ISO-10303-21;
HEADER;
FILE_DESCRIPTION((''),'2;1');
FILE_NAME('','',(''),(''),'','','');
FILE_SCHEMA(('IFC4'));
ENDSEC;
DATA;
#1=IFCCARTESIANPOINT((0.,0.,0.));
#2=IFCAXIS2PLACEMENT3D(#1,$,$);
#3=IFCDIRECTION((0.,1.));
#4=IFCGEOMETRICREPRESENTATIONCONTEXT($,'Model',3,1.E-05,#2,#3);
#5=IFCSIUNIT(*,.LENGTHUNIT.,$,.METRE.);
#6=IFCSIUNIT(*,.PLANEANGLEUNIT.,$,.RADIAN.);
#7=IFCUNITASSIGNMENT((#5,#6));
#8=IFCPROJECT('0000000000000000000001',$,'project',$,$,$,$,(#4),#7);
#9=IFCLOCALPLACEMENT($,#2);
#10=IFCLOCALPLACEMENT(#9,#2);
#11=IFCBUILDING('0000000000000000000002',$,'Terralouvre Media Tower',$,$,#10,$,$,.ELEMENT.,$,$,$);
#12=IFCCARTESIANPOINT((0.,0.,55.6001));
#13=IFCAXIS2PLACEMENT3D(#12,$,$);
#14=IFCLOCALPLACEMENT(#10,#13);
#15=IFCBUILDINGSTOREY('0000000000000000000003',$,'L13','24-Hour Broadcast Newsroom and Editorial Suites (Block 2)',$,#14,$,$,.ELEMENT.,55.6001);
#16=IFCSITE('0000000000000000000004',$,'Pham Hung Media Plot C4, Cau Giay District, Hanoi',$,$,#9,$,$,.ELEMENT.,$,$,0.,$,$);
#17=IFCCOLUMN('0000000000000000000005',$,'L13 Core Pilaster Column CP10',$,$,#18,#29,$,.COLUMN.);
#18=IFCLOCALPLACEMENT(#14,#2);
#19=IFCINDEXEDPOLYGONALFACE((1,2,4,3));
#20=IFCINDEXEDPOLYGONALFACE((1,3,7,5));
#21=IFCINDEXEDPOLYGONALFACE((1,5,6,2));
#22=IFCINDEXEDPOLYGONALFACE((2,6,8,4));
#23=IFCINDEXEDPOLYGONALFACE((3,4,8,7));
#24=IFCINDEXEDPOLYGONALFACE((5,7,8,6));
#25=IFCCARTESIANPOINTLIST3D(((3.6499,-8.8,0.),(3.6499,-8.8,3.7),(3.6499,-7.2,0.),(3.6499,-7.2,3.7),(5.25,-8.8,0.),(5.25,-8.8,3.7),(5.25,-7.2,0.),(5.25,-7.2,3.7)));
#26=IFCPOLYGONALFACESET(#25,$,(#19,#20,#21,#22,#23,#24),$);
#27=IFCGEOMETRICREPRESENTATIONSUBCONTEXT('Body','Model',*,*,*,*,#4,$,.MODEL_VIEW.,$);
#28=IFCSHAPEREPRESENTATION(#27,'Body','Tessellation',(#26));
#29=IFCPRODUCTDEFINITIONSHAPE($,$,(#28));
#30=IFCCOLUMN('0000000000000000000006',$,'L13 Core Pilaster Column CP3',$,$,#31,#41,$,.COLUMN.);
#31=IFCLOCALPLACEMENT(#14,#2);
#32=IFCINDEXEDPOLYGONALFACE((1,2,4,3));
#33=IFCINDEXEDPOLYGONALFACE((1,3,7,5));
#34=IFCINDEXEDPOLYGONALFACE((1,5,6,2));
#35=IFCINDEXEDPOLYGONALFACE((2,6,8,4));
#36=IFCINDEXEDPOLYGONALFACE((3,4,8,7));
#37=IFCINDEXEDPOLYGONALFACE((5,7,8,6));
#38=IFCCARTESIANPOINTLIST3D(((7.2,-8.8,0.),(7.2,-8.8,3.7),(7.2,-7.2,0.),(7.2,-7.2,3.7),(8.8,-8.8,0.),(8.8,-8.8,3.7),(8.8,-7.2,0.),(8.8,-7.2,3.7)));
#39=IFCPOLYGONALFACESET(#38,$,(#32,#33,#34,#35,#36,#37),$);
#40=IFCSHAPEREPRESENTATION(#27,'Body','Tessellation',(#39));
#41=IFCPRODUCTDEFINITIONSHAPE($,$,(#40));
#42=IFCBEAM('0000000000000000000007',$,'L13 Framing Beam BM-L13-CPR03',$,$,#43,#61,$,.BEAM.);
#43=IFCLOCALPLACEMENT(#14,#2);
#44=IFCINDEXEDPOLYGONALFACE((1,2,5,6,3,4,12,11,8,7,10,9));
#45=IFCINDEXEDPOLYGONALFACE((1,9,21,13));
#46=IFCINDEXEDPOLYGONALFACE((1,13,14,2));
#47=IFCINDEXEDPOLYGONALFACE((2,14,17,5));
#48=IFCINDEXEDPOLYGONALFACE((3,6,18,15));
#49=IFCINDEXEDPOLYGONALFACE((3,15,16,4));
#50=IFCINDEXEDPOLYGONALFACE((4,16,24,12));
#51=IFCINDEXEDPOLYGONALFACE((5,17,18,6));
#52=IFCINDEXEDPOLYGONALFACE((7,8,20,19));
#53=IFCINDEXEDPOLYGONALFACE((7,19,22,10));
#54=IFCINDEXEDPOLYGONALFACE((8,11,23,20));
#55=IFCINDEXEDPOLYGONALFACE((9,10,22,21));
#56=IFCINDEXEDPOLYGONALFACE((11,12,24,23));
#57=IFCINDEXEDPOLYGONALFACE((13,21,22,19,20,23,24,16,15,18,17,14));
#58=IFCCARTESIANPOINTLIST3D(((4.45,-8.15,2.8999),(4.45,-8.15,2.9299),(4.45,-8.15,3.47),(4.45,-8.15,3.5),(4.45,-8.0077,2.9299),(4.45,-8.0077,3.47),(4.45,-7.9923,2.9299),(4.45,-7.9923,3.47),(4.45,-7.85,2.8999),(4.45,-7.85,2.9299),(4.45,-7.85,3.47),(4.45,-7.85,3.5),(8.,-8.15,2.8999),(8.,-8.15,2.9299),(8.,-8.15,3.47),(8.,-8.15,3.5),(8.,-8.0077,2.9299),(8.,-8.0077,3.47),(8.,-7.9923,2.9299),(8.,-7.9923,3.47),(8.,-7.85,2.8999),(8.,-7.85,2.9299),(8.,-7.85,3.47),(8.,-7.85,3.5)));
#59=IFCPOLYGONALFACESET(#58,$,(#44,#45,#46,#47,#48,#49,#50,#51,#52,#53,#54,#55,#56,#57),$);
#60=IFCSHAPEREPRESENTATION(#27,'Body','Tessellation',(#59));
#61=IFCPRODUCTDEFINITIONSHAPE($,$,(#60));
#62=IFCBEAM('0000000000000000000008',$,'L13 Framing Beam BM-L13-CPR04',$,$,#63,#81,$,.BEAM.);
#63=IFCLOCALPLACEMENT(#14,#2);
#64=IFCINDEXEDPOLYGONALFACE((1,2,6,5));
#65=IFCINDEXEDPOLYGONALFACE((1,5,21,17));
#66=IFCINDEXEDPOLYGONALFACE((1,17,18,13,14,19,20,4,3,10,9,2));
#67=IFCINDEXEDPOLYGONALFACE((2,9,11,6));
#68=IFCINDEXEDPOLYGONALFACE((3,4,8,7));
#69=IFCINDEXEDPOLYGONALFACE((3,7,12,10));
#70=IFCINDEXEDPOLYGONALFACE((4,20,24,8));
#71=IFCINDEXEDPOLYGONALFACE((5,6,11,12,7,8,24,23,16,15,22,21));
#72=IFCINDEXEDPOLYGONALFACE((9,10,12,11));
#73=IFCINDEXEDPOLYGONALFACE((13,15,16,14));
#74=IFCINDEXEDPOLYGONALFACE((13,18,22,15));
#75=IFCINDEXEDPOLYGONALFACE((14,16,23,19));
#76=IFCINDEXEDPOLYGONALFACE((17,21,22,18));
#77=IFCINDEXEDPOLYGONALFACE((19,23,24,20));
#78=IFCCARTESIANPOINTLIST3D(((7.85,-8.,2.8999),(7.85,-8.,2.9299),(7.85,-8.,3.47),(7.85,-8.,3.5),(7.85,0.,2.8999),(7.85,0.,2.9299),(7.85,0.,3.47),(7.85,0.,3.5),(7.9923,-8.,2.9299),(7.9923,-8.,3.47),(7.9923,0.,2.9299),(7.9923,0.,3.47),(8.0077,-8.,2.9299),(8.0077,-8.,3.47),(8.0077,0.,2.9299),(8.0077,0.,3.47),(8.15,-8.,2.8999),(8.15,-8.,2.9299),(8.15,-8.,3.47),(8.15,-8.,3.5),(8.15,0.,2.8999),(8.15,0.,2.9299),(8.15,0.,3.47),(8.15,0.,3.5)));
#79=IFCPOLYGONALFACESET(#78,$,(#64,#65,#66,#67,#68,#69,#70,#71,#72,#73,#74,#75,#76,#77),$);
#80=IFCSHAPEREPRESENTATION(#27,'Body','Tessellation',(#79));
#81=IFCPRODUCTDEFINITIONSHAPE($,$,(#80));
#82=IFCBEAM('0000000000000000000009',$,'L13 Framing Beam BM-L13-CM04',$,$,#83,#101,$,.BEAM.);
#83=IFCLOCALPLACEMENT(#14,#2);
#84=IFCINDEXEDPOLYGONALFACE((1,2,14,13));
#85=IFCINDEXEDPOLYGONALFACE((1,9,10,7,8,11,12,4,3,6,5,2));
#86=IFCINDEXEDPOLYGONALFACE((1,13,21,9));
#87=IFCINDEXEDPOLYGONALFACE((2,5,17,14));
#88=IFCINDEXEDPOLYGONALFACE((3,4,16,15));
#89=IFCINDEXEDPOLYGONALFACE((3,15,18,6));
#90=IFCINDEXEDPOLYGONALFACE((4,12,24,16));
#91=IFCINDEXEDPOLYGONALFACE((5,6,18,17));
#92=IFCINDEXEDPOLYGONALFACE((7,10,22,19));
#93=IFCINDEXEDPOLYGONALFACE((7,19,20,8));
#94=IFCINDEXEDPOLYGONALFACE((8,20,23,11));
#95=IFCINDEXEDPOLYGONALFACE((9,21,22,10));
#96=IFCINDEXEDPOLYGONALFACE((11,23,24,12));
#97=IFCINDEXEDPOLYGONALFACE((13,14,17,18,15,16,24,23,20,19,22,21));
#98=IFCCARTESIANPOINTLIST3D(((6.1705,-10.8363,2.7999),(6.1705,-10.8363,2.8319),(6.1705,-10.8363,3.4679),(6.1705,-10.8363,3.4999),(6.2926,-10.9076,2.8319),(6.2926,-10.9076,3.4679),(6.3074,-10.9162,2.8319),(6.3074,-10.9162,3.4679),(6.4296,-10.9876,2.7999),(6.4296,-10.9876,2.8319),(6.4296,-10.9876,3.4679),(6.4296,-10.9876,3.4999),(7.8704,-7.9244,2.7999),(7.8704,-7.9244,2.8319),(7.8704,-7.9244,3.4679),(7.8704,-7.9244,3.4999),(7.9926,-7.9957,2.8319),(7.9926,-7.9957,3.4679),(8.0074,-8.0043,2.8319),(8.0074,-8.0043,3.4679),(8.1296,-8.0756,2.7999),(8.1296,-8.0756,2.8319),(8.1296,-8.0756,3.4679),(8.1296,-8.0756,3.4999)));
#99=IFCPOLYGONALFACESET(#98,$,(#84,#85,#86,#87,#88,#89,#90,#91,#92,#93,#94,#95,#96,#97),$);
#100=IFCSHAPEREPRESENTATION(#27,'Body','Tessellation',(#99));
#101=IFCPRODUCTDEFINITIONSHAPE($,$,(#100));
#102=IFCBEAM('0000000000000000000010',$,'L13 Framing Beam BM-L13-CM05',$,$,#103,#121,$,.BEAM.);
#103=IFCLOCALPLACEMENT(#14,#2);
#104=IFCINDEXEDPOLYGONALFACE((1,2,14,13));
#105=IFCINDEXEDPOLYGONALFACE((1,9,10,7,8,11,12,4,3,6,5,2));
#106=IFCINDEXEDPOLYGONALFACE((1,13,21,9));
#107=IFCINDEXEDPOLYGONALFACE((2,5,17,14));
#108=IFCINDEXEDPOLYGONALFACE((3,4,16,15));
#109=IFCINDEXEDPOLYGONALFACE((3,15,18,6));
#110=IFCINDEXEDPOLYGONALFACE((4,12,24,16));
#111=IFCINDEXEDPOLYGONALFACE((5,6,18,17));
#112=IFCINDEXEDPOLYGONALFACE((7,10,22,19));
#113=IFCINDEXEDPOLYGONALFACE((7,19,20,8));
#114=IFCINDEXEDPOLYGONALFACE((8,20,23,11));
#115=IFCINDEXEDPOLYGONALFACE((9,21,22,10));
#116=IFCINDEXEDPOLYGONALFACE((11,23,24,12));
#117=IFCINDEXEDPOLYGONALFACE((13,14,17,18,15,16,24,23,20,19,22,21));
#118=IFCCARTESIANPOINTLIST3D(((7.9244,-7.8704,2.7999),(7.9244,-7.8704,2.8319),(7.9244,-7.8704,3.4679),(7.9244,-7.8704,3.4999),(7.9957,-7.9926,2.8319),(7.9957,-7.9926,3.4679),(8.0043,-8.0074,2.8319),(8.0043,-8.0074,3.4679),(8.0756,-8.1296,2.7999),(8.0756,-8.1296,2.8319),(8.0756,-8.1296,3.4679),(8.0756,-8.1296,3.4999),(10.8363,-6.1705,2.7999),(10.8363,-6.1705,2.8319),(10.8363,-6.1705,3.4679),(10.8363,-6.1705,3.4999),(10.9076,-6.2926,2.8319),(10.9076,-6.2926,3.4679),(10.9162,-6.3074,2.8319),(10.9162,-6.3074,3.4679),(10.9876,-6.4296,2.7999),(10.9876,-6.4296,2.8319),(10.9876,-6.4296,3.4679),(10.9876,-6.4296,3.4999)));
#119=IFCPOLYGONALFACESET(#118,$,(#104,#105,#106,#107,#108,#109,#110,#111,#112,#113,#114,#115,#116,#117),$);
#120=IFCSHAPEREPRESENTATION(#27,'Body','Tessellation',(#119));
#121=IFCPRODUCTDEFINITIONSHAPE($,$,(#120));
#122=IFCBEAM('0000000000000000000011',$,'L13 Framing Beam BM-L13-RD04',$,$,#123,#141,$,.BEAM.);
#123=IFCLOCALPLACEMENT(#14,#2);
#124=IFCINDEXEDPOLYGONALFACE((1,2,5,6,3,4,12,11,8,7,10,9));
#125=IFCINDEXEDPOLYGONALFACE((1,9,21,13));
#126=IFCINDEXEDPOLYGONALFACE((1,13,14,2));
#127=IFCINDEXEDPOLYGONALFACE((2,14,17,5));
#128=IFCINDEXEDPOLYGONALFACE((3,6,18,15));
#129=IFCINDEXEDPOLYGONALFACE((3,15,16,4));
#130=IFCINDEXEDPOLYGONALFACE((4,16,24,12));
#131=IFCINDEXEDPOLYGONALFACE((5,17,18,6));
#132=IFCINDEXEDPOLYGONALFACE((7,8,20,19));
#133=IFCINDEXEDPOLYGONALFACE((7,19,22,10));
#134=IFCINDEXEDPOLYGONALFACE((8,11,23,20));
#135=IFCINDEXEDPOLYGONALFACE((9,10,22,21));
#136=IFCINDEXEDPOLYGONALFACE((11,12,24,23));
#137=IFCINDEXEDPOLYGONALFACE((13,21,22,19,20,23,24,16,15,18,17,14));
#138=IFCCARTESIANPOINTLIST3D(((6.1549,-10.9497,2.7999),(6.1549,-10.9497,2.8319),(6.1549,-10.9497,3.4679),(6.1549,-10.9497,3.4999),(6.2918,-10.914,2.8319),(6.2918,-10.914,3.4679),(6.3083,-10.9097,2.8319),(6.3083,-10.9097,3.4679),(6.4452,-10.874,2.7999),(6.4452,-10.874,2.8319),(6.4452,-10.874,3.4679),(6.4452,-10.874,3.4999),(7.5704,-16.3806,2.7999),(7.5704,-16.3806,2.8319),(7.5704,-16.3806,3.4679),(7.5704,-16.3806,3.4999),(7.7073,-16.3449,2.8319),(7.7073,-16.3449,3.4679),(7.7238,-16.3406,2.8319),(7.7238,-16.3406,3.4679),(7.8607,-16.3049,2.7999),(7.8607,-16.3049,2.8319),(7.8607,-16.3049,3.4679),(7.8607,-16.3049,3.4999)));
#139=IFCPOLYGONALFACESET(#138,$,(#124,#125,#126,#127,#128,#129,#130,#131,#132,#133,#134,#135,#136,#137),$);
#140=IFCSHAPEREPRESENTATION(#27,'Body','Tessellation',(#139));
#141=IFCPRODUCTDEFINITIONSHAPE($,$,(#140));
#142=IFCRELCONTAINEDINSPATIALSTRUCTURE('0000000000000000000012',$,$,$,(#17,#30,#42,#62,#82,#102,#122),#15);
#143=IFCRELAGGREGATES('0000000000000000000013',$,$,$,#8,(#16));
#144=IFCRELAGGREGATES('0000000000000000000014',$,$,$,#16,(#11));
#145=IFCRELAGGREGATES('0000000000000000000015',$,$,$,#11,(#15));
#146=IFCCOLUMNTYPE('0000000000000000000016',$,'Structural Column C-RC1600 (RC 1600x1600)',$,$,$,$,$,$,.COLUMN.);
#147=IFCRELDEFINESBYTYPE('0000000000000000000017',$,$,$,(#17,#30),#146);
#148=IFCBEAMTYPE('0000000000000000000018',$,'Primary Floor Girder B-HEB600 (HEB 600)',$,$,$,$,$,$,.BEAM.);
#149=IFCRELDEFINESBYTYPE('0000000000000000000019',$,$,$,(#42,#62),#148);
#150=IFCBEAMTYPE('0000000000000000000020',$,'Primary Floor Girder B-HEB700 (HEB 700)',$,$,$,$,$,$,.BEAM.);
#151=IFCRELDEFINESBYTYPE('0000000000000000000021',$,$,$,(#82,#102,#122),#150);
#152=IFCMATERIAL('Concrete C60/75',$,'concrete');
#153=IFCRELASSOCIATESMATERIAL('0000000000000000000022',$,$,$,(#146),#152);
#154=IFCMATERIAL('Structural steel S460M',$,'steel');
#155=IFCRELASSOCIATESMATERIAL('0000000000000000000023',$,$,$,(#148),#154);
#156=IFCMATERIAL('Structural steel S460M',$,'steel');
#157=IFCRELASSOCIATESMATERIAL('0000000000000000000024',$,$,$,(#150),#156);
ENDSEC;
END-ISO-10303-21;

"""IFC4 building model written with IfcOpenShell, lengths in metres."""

from ifc_helpers import new_model, si_unit, direction, frame, origin, origin_2d, place, context, subcontext, project, spatial, rectangle, i_section, extrude, material, material_profile, profile_set, type_object, element, save


model = new_model("IFC4")

# Units and contexts
model_context = context("Model", 3, precision=1e-05, world=origin(), true_north=direction((0.0, 1.0)))
body_context = subcontext(model_context, "Body", "Model", "MODEL_VIEW")
ifc_project = project(units=[si_unit("LENGTHUNIT", "METRE"), si_unit("PLANEANGLEUNIT", "RADIAN")], contexts=[model_context])

# Site, building, storey
site_placement = place(None, origin())
site = spatial("IfcSite", under=ifc_project, at=site_placement, Name="Pham Hung Media Plot C4, Cau Giay District, Hanoi", CompositionType="ELEMENT", RefElevation=0.0)
building_placement = place(site_placement, origin())
building = spatial("IfcBuilding", under=site, at=building_placement, Name="Terralouvre Media Tower", CompositionType="ELEMENT")
storey_placement = place(building_placement, frame((0.0, 0.0, 55.6001)))
storey = spatial("IfcBuildingStorey", under=building, at=storey_placement, Name="L13", Description="24-Hour Broadcast Newsroom and Editorial Suites (Block 2)", CompositionType="ELEMENT", Elevation=55.6001)

# Columns
ifc_material_1 = material(Name="Concrete C60/75", Category="concrete")
ifc_material_profile_1 = material_profile(ifc_material_1, rectangle(XDim=1.6001, YDim=1.6001, at=origin_2d()), Name="RC 1600x1600")
ifc_profile_set_1 = profile_set([ifc_material_profile_1], Name="Concrete C60/75")
column_type = type_object("IfcColumnType", Name="Structural Column C-RC1600 (RC 1600x1600)", PredefinedType="COLUMN", material=ifc_profile_set_1)
for number, where, z_axis, x_axis, name in (
    (1, (4.45, -8.0, 0.0), (0.0, 0.0, 1.0), (1.0, 0.0, 0.0), "L13 Core Pilaster Column CP10"),
    (2, (8.0, -8.0, 0.0), (0.0, 0.0, 1.0), (1.0, 0.0, 0.0), "L13 Core Pilaster Column CP3"),
):
    element("IfcColumn", number, at=place(storey_placement, frame(where, z_axis=z_axis, x_axis=x_axis)), inside=storey, type_object=column_type, Name=name, PredefinedType="COLUMN", context=body_context, shape_type="SweptSolid", body=[
        extrude(rectangle(XDim=1.6001, YDim=1.6001, at=origin_2d()), origin(), (0.0, 0.0, 1.0), 3.7),
    ])

# Beams
ifc_material_2 = material(Name="Structural steel S460M", Category="steel")
ifc_material_profile_2 = material_profile(ifc_material_2, i_section(OverallWidth=0.3, OverallDepth=0.6001, WebThickness=0.0154, FlangeThickness=0.03, at=origin_2d()), Name="HEB 600")
ifc_profile_set_2 = profile_set([ifc_material_profile_2], Name="Structural steel S460M")
beam_type_1 = type_object("IfcBeamType", Name="Primary Floor Girder B-HEB600 (HEB 600)", PredefinedType="BEAM", material=ifc_profile_set_2)
beam_1_placement = place(storey_placement, frame((4.45, -8.0, 3.2), z_axis=(1.0, 0.0, 0.0), x_axis=(0.0, 1.0, 0.0)))
element("IfcBeam", 3, at=beam_1_placement, inside=storey, type_object=beam_type_1, Name="L13 Framing Beam BM-L13-CPR03", PredefinedType="BEAM", context=body_context, shape_type="SweptSolid", body=[
    extrude(i_section(OverallWidth=0.3, OverallDepth=0.6001, WebThickness=0.0154, FlangeThickness=0.03, at=origin_2d()), origin(), (0.0, 0.0, 1.0), 3.55),
])
beam_2_placement = place(storey_placement, frame((8.0, -8.0, 3.2), z_axis=(0.0, 1.0, 0.0), x_axis=(-1.0, 0.0, 0.0)))
element("IfcBeam", 4, at=beam_2_placement, inside=storey, type_object=beam_type_1, Name="L13 Framing Beam BM-L13-CPR04", PredefinedType="BEAM", context=body_context, shape_type="SweptSolid", body=[
    extrude(i_section(OverallWidth=0.3, OverallDepth=0.6001, WebThickness=0.0154, FlangeThickness=0.03, at=origin_2d()), origin(), (0.0, 0.0, 1.0), 8.0),
])
ifc_material_3 = material(Name="Structural steel S460M", Category="steel")
ifc_material_profile_3 = material_profile(ifc_material_3, i_section(OverallWidth=0.3, OverallDepth=0.7, WebThickness=0.0171, FlangeThickness=0.032, at=origin_2d()), Name="HEB 700")
ifc_profile_set_3 = profile_set([ifc_material_profile_3], Name="Structural steel S460M")
beam_type_2 = type_object("IfcBeamType", Name="Primary Floor Girder B-HEB700 (HEB 700)", PredefinedType="BEAM", material=ifc_profile_set_3)
for number, where, z_axis, x_axis, name in (
    (5, (8.0, -8.0, 3.1499), (-0.504173, -0.863603, 0.0), (0.863603, -0.504173, 0.0), "L13 Framing Beam BM-L13-CM04"),
    (6, (8.0, -8.0, 3.1499), (0.863603, 0.504173, 0.0), (-0.504173, 0.863603, 0.0), "L13 Framing Beam BM-L13-CM05"),
):
    element("IfcBeam", number, at=place(storey_placement, frame(where, z_axis=z_axis, x_axis=x_axis)), inside=storey, type_object=beam_type_2, Name=name, PredefinedType="BEAM", context=body_context, shape_type="SweptSolid", body=[
        extrude(i_section(OverallWidth=0.3, OverallDepth=0.7, WebThickness=0.0171, FlangeThickness=0.032, at=origin_2d()), origin(), (0.0, 0.0, 1.0), 3.3718),
    ])
beam_3_placement = place(storey_placement, frame((6.3, -10.9119, 3.1499), z_axis=(0.252216, -0.967671, 0.0), x_axis=(0.967671, 0.252216, 0.0)))
element("IfcBeam", 7, at=beam_3_placement, inside=storey, type_object=beam_type_2, Name="L13 Framing Beam BM-L13-RD04", PredefinedType="BEAM", context=body_context, shape_type="SweptSolid", body=[
    extrude(i_section(OverallWidth=0.3, OverallDepth=0.7, WebThickness=0.0171, FlangeThickness=0.032, at=origin_2d()), origin(), (0.0, 0.0, 1.0), 5.6123),
])

save(model, "model.ifc")
